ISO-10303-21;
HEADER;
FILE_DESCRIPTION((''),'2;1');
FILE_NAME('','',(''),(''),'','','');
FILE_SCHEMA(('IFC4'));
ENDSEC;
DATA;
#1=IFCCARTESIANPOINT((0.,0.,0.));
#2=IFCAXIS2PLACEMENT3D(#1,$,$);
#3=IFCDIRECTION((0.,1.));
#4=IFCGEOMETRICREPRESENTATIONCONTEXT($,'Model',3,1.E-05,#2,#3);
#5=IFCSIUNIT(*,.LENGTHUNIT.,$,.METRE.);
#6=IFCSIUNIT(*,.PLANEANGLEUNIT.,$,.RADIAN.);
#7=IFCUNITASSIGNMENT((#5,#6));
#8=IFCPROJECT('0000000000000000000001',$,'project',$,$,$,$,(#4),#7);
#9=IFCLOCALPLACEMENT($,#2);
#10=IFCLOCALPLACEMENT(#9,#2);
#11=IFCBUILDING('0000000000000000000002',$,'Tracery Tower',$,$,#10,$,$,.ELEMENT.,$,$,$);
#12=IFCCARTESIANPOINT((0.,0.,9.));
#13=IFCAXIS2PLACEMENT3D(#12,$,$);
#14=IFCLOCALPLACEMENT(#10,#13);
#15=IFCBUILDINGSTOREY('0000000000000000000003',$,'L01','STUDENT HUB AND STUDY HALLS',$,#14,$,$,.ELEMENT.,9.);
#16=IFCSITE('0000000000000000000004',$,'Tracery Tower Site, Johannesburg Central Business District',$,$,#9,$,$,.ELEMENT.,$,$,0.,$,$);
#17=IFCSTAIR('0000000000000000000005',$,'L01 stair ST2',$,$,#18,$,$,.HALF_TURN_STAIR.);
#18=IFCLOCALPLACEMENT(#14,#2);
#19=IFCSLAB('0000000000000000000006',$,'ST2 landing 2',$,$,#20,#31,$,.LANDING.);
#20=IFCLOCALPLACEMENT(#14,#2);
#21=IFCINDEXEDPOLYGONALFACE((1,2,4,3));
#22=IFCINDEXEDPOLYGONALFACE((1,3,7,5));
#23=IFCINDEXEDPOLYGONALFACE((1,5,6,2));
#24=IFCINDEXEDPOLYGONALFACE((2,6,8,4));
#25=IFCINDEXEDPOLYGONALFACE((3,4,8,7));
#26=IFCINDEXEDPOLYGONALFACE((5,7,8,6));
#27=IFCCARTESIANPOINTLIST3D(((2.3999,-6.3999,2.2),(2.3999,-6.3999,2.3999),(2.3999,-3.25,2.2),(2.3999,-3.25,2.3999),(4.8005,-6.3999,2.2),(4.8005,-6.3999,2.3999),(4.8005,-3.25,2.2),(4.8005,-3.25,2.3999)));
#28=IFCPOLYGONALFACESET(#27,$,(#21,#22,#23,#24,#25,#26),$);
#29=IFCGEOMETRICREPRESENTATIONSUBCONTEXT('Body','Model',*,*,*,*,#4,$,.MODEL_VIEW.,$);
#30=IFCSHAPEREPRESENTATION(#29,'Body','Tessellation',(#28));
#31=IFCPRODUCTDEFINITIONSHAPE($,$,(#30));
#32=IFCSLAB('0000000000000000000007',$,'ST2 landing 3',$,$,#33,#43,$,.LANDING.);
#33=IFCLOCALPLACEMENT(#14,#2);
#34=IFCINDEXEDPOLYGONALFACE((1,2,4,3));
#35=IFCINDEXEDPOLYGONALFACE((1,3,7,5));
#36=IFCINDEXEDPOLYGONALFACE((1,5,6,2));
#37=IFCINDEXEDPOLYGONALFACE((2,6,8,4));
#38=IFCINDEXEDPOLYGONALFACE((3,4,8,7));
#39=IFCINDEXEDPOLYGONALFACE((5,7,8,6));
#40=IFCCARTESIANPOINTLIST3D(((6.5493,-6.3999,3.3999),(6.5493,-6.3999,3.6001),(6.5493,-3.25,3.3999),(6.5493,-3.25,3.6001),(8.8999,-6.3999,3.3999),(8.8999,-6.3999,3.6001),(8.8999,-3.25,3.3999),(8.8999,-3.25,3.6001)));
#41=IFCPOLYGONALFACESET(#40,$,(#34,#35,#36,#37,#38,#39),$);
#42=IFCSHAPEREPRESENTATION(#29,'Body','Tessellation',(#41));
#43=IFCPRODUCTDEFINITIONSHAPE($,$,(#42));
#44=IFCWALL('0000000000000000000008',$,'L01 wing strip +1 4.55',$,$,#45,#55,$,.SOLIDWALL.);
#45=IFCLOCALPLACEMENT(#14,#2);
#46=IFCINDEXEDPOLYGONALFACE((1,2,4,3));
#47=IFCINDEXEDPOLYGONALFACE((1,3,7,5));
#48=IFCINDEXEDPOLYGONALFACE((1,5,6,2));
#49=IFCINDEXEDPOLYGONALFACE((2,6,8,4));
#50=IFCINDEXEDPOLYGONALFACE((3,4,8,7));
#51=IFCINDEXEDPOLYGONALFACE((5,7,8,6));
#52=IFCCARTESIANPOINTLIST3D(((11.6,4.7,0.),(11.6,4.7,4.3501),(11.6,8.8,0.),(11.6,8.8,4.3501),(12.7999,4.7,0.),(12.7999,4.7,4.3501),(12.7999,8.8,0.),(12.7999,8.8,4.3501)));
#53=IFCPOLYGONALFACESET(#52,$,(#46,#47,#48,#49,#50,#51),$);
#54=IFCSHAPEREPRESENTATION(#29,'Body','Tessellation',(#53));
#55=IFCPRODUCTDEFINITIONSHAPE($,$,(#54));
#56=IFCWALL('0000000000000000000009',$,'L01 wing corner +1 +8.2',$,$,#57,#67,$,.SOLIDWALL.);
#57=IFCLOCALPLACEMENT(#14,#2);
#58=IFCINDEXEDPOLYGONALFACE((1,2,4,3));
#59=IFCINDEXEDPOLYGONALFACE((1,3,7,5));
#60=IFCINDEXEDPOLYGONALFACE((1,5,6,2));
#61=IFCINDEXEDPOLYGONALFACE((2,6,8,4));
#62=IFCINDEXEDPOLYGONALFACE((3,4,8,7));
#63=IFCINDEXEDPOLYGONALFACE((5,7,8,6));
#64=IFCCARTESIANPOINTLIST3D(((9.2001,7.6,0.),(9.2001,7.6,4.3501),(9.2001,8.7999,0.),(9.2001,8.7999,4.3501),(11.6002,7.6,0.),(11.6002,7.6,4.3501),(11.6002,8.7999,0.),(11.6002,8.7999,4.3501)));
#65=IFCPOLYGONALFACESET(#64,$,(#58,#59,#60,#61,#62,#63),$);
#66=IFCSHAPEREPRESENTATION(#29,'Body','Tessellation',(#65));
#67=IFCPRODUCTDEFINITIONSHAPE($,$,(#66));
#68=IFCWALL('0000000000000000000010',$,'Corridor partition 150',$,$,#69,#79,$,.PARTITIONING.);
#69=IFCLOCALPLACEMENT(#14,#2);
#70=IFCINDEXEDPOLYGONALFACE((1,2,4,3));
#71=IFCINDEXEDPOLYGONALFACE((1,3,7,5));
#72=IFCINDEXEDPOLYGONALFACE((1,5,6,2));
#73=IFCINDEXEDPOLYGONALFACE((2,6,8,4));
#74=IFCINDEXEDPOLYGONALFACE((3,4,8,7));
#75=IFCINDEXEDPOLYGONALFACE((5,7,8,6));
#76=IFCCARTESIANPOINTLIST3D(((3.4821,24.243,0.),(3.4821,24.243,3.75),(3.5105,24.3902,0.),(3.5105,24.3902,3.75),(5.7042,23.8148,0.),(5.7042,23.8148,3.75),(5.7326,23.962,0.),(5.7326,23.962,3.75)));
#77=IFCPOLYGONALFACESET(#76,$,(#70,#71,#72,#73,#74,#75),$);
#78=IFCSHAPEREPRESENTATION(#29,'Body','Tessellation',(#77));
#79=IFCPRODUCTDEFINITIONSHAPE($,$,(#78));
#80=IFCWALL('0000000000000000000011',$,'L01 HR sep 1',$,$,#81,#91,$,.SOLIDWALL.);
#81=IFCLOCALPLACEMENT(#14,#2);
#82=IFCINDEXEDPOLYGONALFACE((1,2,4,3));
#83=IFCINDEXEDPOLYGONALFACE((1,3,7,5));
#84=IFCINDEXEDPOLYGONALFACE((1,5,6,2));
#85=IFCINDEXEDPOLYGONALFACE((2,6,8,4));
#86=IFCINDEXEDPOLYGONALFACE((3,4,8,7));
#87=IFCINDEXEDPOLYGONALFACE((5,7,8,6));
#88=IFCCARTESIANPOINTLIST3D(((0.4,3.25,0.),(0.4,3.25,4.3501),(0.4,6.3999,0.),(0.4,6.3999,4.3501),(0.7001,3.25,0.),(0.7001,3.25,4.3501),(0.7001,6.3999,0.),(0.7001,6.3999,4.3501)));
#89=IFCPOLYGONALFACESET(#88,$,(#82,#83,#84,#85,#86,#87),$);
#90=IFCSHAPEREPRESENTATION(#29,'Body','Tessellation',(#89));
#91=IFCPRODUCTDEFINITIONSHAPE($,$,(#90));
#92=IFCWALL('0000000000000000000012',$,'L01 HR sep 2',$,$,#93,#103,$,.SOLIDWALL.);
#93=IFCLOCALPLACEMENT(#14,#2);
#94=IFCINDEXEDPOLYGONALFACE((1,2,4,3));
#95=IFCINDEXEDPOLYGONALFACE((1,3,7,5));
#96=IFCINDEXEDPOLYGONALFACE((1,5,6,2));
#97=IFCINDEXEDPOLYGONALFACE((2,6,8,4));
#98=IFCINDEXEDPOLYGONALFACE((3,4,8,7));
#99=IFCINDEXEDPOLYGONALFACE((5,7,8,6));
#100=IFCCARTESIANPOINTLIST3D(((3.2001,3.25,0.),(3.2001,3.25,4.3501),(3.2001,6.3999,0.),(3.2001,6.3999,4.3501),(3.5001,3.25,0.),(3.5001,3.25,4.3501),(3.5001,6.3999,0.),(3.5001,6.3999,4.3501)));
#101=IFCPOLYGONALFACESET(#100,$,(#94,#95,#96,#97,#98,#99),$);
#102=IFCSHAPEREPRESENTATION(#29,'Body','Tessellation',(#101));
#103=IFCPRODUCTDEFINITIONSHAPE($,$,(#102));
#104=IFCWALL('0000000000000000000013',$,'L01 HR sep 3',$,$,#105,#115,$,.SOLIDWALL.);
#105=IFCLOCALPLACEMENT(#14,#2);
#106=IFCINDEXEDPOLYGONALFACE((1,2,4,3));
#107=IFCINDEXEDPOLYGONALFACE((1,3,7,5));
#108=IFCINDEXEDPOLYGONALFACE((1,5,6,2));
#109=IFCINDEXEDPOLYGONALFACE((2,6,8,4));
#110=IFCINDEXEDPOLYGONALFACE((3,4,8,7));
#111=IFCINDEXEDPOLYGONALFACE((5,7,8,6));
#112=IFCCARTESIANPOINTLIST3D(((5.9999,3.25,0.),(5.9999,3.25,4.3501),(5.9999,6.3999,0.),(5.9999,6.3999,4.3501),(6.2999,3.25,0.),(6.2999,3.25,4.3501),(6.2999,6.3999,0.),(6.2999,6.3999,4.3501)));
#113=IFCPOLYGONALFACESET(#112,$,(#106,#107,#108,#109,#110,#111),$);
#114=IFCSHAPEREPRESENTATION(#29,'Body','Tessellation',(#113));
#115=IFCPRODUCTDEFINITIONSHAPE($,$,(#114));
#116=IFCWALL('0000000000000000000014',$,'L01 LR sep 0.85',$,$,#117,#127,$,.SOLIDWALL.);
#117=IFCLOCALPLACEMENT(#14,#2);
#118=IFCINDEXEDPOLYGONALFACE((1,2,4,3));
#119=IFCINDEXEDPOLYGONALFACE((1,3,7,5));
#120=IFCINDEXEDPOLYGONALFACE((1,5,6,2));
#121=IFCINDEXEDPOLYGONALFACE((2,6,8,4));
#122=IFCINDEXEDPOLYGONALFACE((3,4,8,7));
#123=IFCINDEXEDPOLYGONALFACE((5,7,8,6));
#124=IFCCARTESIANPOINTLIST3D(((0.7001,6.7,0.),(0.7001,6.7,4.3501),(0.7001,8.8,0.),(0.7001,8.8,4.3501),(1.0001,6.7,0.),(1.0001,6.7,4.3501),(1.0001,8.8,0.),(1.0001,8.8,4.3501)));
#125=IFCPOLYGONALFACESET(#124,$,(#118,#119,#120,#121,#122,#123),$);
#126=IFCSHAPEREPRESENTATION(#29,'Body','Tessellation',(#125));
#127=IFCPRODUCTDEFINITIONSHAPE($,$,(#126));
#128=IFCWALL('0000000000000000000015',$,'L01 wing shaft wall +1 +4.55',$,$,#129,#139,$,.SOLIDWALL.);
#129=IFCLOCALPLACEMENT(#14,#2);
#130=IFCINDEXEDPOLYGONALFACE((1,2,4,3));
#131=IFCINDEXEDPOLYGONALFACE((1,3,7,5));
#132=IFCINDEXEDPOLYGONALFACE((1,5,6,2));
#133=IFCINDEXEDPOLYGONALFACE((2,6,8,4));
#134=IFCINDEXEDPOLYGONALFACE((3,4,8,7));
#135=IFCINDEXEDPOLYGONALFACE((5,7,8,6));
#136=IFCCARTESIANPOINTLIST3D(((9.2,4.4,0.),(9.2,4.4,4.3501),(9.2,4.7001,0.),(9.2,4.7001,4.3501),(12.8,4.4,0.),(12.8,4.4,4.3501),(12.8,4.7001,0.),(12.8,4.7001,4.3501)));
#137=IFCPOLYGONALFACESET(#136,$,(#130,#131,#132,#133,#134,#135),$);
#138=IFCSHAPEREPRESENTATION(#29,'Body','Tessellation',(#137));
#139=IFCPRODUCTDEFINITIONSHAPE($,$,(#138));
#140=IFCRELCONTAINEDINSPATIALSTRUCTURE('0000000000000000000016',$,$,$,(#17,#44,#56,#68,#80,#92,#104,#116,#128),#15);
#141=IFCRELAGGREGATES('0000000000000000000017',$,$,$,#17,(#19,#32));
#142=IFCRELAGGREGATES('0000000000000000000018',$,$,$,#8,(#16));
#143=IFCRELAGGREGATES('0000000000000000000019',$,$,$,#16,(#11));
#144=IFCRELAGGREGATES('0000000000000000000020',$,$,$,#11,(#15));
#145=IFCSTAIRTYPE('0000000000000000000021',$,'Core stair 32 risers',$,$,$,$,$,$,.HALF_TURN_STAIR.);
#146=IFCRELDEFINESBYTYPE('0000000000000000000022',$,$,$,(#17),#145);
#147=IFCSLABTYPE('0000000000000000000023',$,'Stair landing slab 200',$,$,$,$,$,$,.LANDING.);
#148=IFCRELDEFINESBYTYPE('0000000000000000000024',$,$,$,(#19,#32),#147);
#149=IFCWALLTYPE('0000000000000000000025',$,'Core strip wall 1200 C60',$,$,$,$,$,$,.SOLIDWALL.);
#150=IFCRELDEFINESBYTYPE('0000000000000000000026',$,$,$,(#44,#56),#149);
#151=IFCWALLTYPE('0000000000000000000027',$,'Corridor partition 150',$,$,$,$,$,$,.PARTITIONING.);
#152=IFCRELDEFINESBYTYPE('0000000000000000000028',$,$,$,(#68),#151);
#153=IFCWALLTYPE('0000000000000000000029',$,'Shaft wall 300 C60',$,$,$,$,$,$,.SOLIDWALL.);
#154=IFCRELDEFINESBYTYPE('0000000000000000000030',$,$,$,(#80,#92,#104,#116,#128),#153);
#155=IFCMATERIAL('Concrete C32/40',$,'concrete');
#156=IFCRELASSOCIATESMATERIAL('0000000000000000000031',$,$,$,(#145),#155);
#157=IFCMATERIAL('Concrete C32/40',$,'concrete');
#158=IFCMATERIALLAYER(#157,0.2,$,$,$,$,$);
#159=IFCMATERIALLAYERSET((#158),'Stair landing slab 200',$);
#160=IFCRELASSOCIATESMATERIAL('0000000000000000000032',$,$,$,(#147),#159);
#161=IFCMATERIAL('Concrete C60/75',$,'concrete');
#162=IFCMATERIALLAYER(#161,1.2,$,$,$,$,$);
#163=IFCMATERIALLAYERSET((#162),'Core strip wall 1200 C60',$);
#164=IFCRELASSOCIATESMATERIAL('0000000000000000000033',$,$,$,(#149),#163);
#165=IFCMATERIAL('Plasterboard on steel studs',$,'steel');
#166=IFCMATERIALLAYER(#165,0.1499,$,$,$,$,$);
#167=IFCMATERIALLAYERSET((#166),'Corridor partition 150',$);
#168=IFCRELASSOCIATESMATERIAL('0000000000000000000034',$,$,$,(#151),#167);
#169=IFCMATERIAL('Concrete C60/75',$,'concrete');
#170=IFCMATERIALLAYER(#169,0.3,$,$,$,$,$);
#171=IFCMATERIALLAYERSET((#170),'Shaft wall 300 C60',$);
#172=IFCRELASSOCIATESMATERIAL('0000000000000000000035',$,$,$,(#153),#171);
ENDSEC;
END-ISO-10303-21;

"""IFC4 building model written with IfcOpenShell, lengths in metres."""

from ifc_helpers import new_model, si_unit, direction, frame, frame_2d, origin, place, context, subcontext, project, spatial, polyline, rectangle, outline, extrude, material, layer, layer_set, type_object, element, aggregate, save


model = new_model("IFC4")

# Units and contexts
model_context = context("Model", 3, precision=1e-05, world=origin(), true_north=direction((0.0, 1.0)))
body_context = subcontext(model_context, "Body", "Model", "MODEL_VIEW")
ifc_project = project(units=[si_unit("LENGTHUNIT", "METRE"), si_unit("PLANEANGLEUNIT", "RADIAN")], contexts=[model_context])

# Site, building, storey
site_placement = place(None, origin())
site = spatial("IfcSite", under=ifc_project, at=site_placement, Name="Tracery Tower Site, Johannesburg Central Business District", CompositionType="ELEMENT", RefElevation=0.0)
building_placement = place(site_placement, origin())
building = spatial("IfcBuilding", under=site, at=building_placement, Name="Tracery Tower", CompositionType="ELEMENT")
storey_placement = place(building_placement, frame((0.0, 0.0, 9.0)))
storey = spatial("IfcBuildingStorey", under=building, at=storey_placement, Name="L01", Description="STUDENT HUB AND STUDY HALLS", CompositionType="ELEMENT", Elevation=9.0)

# Stair, slabs
ifc_material_1 = material(Name="Concrete C32/40", Category="concrete")
stair_type = type_object("IfcStairType", Name="Core stair 32 risers", PredefinedType="HALF_TURN_STAIR", material=ifc_material_1)
ifc_material_2 = material(Name="Concrete C32/40", Category="concrete")
ifc_layer_1 = layer(ifc_material_2, 0.2)
ifc_layer_set_1 = layer_set([ifc_layer_1], Name="Stair landing slab 200")
slab_type = type_object("IfcSlabType", Name="Stair landing slab 200", PredefinedType="LANDING", material=ifc_layer_set_1)
stair_1_placement = place(storey_placement, origin())
stair_1 = element("IfcStair", 1, at=stair_1_placement, inside=storey, type_object=stair_type, Name="L01 stair ST2", PredefinedType="HALF_TURN_STAIR")
slab_1_placement = place(storey_placement, frame((0.0, 0.0, 2.2)))
slab_1 = element("IfcSlab", 2, at=slab_1_placement, type_object=slab_type, Name="ST2 landing 2", PredefinedType="LANDING", context=body_context, shape_type="SweptSolid", body=[
    extrude(outline(polyline([(2.3999, -6.3999), (4.8005, -6.3999), (4.8005, -3.25), (2.3999, -3.25), (2.3999, -6.3999)])), origin(), (0.0, 0.0, 1.0), 0.2),
])
slab_2_placement = place(storey_placement, frame((0.0, 0.0, 3.3999)))
slab_2 = element("IfcSlab", 3, at=slab_2_placement, type_object=slab_type, Name="ST2 landing 3", PredefinedType="LANDING", context=body_context, shape_type="SweptSolid", body=[
    extrude(outline(polyline([(6.5493, -6.3999), (8.8999, -6.3999), (8.8999, -3.25), (6.5493, -3.25), (6.5493, -6.3999)])), origin(), (0.0, 0.0, 1.0), 0.2002),
])
aggregate(stair_1, [slab_1, slab_2])

# Walls
ifc_material_3 = material(Name="Concrete C60/75", Category="concrete")
ifc_layer_2 = layer(ifc_material_3, 1.2)
ifc_layer_set_2 = layer_set([ifc_layer_2], Name="Core strip wall 1200 C60")
wall_type_1 = type_object("IfcWallType", Name="Core strip wall 1200 C60", PredefinedType="SOLIDWALL", material=ifc_layer_set_2)
wall_1_placement = place(storey_placement, frame((12.2, 4.7, 0.0), z_axis=(0.0, 0.0, 1.0), x_axis=(0.0, 1.0, 0.0)))
element("IfcWall", 4, at=wall_1_placement, inside=storey, type_object=wall_type_1, Name="L01 wing strip +1 4.55", PredefinedType="SOLIDWALL", context=body_context, shape_type="SweptSolid", body=[
    extrude(rectangle(XDim=4.1001, YDim=1.2, at=frame_2d((2.05, 0.0))), origin(), (0.0, 0.0, 1.0), 4.3501),
])
wall_2_placement = place(storey_placement, frame((9.2, 8.2, 0.0), z_axis=(0.0, 0.0, 1.0), x_axis=(1.0, 0.0, 0.0)))
element("IfcWall", 5, at=wall_2_placement, inside=storey, type_object=wall_type_1, Name="L01 wing corner +1 +8.2", PredefinedType="SOLIDWALL", context=body_context, shape_type="SweptSolid", body=[
    extrude(rectangle(XDim=2.4001, YDim=1.2, at=frame_2d((1.2002, 0.0))), origin(), (0.0, 0.0, 1.0), 4.3501),
])
ifc_material_4 = material(Name="Plasterboard on steel studs", Category="steel")
ifc_layer_3 = layer(ifc_material_4, 0.1499)
ifc_layer_set_3 = layer_set([ifc_layer_3], Name="Corridor partition 150")
wall_type_2 = type_object("IfcWallType", Name="Corridor partition 150", PredefinedType="PARTITIONING", material=ifc_layer_set_3)
wall_3_placement = place(storey_placement, frame((5.7183, 23.8884, 0.0), z_axis=(0.0, 0.0, 1.0), x_axis=(-0.981934, 0.189224, 0.0)))
element("IfcWall", 6, at=wall_3_placement, inside=storey, type_object=wall_type_2, Name="Corridor partition 150", PredefinedType="PARTITIONING", context=body_context, shape_type="SweptSolid", body=[
    extrude(rectangle(XDim=2.2629, YDim=0.1499, at=frame_2d((1.1313, 0.0))), origin(), (0.0, 0.0, 1.0), 3.75),
])
ifc_material_5 = material(Name="Concrete C60/75", Category="concrete")
ifc_layer_4 = layer(ifc_material_5, 0.3)
ifc_layer_set_4 = layer_set([ifc_layer_4], Name="Shaft wall 300 C60")
wall_type_3 = type_object("IfcWallType", Name="Shaft wall 300 C60", PredefinedType="SOLIDWALL", material=ifc_layer_set_4)
for number, where, z_axis, x_axis, name in (
    (7, (0.55, 3.25, 0.0), (0.0, 0.0, 1.0), (0.0, 1.0, 0.0), "L01 HR sep 1"),
    (8, (3.3501, 3.25, 0.0), (0.0, 0.0, 1.0), (0.0, 1.0, 0.0), "L01 HR sep 2"),
    (9, (6.1499, 3.25, 0.0), (0.0, 0.0, 1.0), (0.0, 1.0, 0.0), "L01 HR sep 3"),
):
    element("IfcWall", number, at=place(storey_placement, frame(where, z_axis=z_axis, x_axis=x_axis)), inside=storey, type_object=wall_type_3, Name=name, PredefinedType="SOLIDWALL", context=body_context, shape_type="SweptSolid", body=[
        extrude(rectangle(XDim=3.1499, YDim=0.3, at=frame_2d((1.575, 0.0))), origin(), (0.0, 0.0, 1.0), 4.3501),
    ])
wall_4_placement = place(storey_placement, frame((0.8501, 6.7, 0.0), z_axis=(0.0, 0.0, 1.0), x_axis=(0.0, 1.0, 0.0)))
element("IfcWall", 10, at=wall_4_placement, inside=storey, type_object=wall_type_3, Name="L01 LR sep 0.85", PredefinedType="SOLIDWALL", context=body_context, shape_type="SweptSolid", body=[
    extrude(rectangle(XDim=2.1001, YDim=0.3, at=frame_2d((1.05, 0.0))), origin(), (0.0, 0.0, 1.0), 4.3501),
])
wall_5_placement = place(storey_placement, frame((9.2, 4.55, 0.0), z_axis=(0.0, 0.0, 1.0), x_axis=(1.0, 0.0, 0.0)))
element("IfcWall", 11, at=wall_5_placement, inside=storey, type_object=wall_type_3, Name="L01 wing shaft wall +1 +4.55", PredefinedType="SOLIDWALL", context=body_context, shape_type="SweptSolid", body=[
    extrude(rectangle(XDim=3.6001, YDim=0.3, at=frame_2d((1.8, 0.0))), origin(), (0.0, 0.0, 1.0), 4.3501),
])

save(model, "model.ifc")
